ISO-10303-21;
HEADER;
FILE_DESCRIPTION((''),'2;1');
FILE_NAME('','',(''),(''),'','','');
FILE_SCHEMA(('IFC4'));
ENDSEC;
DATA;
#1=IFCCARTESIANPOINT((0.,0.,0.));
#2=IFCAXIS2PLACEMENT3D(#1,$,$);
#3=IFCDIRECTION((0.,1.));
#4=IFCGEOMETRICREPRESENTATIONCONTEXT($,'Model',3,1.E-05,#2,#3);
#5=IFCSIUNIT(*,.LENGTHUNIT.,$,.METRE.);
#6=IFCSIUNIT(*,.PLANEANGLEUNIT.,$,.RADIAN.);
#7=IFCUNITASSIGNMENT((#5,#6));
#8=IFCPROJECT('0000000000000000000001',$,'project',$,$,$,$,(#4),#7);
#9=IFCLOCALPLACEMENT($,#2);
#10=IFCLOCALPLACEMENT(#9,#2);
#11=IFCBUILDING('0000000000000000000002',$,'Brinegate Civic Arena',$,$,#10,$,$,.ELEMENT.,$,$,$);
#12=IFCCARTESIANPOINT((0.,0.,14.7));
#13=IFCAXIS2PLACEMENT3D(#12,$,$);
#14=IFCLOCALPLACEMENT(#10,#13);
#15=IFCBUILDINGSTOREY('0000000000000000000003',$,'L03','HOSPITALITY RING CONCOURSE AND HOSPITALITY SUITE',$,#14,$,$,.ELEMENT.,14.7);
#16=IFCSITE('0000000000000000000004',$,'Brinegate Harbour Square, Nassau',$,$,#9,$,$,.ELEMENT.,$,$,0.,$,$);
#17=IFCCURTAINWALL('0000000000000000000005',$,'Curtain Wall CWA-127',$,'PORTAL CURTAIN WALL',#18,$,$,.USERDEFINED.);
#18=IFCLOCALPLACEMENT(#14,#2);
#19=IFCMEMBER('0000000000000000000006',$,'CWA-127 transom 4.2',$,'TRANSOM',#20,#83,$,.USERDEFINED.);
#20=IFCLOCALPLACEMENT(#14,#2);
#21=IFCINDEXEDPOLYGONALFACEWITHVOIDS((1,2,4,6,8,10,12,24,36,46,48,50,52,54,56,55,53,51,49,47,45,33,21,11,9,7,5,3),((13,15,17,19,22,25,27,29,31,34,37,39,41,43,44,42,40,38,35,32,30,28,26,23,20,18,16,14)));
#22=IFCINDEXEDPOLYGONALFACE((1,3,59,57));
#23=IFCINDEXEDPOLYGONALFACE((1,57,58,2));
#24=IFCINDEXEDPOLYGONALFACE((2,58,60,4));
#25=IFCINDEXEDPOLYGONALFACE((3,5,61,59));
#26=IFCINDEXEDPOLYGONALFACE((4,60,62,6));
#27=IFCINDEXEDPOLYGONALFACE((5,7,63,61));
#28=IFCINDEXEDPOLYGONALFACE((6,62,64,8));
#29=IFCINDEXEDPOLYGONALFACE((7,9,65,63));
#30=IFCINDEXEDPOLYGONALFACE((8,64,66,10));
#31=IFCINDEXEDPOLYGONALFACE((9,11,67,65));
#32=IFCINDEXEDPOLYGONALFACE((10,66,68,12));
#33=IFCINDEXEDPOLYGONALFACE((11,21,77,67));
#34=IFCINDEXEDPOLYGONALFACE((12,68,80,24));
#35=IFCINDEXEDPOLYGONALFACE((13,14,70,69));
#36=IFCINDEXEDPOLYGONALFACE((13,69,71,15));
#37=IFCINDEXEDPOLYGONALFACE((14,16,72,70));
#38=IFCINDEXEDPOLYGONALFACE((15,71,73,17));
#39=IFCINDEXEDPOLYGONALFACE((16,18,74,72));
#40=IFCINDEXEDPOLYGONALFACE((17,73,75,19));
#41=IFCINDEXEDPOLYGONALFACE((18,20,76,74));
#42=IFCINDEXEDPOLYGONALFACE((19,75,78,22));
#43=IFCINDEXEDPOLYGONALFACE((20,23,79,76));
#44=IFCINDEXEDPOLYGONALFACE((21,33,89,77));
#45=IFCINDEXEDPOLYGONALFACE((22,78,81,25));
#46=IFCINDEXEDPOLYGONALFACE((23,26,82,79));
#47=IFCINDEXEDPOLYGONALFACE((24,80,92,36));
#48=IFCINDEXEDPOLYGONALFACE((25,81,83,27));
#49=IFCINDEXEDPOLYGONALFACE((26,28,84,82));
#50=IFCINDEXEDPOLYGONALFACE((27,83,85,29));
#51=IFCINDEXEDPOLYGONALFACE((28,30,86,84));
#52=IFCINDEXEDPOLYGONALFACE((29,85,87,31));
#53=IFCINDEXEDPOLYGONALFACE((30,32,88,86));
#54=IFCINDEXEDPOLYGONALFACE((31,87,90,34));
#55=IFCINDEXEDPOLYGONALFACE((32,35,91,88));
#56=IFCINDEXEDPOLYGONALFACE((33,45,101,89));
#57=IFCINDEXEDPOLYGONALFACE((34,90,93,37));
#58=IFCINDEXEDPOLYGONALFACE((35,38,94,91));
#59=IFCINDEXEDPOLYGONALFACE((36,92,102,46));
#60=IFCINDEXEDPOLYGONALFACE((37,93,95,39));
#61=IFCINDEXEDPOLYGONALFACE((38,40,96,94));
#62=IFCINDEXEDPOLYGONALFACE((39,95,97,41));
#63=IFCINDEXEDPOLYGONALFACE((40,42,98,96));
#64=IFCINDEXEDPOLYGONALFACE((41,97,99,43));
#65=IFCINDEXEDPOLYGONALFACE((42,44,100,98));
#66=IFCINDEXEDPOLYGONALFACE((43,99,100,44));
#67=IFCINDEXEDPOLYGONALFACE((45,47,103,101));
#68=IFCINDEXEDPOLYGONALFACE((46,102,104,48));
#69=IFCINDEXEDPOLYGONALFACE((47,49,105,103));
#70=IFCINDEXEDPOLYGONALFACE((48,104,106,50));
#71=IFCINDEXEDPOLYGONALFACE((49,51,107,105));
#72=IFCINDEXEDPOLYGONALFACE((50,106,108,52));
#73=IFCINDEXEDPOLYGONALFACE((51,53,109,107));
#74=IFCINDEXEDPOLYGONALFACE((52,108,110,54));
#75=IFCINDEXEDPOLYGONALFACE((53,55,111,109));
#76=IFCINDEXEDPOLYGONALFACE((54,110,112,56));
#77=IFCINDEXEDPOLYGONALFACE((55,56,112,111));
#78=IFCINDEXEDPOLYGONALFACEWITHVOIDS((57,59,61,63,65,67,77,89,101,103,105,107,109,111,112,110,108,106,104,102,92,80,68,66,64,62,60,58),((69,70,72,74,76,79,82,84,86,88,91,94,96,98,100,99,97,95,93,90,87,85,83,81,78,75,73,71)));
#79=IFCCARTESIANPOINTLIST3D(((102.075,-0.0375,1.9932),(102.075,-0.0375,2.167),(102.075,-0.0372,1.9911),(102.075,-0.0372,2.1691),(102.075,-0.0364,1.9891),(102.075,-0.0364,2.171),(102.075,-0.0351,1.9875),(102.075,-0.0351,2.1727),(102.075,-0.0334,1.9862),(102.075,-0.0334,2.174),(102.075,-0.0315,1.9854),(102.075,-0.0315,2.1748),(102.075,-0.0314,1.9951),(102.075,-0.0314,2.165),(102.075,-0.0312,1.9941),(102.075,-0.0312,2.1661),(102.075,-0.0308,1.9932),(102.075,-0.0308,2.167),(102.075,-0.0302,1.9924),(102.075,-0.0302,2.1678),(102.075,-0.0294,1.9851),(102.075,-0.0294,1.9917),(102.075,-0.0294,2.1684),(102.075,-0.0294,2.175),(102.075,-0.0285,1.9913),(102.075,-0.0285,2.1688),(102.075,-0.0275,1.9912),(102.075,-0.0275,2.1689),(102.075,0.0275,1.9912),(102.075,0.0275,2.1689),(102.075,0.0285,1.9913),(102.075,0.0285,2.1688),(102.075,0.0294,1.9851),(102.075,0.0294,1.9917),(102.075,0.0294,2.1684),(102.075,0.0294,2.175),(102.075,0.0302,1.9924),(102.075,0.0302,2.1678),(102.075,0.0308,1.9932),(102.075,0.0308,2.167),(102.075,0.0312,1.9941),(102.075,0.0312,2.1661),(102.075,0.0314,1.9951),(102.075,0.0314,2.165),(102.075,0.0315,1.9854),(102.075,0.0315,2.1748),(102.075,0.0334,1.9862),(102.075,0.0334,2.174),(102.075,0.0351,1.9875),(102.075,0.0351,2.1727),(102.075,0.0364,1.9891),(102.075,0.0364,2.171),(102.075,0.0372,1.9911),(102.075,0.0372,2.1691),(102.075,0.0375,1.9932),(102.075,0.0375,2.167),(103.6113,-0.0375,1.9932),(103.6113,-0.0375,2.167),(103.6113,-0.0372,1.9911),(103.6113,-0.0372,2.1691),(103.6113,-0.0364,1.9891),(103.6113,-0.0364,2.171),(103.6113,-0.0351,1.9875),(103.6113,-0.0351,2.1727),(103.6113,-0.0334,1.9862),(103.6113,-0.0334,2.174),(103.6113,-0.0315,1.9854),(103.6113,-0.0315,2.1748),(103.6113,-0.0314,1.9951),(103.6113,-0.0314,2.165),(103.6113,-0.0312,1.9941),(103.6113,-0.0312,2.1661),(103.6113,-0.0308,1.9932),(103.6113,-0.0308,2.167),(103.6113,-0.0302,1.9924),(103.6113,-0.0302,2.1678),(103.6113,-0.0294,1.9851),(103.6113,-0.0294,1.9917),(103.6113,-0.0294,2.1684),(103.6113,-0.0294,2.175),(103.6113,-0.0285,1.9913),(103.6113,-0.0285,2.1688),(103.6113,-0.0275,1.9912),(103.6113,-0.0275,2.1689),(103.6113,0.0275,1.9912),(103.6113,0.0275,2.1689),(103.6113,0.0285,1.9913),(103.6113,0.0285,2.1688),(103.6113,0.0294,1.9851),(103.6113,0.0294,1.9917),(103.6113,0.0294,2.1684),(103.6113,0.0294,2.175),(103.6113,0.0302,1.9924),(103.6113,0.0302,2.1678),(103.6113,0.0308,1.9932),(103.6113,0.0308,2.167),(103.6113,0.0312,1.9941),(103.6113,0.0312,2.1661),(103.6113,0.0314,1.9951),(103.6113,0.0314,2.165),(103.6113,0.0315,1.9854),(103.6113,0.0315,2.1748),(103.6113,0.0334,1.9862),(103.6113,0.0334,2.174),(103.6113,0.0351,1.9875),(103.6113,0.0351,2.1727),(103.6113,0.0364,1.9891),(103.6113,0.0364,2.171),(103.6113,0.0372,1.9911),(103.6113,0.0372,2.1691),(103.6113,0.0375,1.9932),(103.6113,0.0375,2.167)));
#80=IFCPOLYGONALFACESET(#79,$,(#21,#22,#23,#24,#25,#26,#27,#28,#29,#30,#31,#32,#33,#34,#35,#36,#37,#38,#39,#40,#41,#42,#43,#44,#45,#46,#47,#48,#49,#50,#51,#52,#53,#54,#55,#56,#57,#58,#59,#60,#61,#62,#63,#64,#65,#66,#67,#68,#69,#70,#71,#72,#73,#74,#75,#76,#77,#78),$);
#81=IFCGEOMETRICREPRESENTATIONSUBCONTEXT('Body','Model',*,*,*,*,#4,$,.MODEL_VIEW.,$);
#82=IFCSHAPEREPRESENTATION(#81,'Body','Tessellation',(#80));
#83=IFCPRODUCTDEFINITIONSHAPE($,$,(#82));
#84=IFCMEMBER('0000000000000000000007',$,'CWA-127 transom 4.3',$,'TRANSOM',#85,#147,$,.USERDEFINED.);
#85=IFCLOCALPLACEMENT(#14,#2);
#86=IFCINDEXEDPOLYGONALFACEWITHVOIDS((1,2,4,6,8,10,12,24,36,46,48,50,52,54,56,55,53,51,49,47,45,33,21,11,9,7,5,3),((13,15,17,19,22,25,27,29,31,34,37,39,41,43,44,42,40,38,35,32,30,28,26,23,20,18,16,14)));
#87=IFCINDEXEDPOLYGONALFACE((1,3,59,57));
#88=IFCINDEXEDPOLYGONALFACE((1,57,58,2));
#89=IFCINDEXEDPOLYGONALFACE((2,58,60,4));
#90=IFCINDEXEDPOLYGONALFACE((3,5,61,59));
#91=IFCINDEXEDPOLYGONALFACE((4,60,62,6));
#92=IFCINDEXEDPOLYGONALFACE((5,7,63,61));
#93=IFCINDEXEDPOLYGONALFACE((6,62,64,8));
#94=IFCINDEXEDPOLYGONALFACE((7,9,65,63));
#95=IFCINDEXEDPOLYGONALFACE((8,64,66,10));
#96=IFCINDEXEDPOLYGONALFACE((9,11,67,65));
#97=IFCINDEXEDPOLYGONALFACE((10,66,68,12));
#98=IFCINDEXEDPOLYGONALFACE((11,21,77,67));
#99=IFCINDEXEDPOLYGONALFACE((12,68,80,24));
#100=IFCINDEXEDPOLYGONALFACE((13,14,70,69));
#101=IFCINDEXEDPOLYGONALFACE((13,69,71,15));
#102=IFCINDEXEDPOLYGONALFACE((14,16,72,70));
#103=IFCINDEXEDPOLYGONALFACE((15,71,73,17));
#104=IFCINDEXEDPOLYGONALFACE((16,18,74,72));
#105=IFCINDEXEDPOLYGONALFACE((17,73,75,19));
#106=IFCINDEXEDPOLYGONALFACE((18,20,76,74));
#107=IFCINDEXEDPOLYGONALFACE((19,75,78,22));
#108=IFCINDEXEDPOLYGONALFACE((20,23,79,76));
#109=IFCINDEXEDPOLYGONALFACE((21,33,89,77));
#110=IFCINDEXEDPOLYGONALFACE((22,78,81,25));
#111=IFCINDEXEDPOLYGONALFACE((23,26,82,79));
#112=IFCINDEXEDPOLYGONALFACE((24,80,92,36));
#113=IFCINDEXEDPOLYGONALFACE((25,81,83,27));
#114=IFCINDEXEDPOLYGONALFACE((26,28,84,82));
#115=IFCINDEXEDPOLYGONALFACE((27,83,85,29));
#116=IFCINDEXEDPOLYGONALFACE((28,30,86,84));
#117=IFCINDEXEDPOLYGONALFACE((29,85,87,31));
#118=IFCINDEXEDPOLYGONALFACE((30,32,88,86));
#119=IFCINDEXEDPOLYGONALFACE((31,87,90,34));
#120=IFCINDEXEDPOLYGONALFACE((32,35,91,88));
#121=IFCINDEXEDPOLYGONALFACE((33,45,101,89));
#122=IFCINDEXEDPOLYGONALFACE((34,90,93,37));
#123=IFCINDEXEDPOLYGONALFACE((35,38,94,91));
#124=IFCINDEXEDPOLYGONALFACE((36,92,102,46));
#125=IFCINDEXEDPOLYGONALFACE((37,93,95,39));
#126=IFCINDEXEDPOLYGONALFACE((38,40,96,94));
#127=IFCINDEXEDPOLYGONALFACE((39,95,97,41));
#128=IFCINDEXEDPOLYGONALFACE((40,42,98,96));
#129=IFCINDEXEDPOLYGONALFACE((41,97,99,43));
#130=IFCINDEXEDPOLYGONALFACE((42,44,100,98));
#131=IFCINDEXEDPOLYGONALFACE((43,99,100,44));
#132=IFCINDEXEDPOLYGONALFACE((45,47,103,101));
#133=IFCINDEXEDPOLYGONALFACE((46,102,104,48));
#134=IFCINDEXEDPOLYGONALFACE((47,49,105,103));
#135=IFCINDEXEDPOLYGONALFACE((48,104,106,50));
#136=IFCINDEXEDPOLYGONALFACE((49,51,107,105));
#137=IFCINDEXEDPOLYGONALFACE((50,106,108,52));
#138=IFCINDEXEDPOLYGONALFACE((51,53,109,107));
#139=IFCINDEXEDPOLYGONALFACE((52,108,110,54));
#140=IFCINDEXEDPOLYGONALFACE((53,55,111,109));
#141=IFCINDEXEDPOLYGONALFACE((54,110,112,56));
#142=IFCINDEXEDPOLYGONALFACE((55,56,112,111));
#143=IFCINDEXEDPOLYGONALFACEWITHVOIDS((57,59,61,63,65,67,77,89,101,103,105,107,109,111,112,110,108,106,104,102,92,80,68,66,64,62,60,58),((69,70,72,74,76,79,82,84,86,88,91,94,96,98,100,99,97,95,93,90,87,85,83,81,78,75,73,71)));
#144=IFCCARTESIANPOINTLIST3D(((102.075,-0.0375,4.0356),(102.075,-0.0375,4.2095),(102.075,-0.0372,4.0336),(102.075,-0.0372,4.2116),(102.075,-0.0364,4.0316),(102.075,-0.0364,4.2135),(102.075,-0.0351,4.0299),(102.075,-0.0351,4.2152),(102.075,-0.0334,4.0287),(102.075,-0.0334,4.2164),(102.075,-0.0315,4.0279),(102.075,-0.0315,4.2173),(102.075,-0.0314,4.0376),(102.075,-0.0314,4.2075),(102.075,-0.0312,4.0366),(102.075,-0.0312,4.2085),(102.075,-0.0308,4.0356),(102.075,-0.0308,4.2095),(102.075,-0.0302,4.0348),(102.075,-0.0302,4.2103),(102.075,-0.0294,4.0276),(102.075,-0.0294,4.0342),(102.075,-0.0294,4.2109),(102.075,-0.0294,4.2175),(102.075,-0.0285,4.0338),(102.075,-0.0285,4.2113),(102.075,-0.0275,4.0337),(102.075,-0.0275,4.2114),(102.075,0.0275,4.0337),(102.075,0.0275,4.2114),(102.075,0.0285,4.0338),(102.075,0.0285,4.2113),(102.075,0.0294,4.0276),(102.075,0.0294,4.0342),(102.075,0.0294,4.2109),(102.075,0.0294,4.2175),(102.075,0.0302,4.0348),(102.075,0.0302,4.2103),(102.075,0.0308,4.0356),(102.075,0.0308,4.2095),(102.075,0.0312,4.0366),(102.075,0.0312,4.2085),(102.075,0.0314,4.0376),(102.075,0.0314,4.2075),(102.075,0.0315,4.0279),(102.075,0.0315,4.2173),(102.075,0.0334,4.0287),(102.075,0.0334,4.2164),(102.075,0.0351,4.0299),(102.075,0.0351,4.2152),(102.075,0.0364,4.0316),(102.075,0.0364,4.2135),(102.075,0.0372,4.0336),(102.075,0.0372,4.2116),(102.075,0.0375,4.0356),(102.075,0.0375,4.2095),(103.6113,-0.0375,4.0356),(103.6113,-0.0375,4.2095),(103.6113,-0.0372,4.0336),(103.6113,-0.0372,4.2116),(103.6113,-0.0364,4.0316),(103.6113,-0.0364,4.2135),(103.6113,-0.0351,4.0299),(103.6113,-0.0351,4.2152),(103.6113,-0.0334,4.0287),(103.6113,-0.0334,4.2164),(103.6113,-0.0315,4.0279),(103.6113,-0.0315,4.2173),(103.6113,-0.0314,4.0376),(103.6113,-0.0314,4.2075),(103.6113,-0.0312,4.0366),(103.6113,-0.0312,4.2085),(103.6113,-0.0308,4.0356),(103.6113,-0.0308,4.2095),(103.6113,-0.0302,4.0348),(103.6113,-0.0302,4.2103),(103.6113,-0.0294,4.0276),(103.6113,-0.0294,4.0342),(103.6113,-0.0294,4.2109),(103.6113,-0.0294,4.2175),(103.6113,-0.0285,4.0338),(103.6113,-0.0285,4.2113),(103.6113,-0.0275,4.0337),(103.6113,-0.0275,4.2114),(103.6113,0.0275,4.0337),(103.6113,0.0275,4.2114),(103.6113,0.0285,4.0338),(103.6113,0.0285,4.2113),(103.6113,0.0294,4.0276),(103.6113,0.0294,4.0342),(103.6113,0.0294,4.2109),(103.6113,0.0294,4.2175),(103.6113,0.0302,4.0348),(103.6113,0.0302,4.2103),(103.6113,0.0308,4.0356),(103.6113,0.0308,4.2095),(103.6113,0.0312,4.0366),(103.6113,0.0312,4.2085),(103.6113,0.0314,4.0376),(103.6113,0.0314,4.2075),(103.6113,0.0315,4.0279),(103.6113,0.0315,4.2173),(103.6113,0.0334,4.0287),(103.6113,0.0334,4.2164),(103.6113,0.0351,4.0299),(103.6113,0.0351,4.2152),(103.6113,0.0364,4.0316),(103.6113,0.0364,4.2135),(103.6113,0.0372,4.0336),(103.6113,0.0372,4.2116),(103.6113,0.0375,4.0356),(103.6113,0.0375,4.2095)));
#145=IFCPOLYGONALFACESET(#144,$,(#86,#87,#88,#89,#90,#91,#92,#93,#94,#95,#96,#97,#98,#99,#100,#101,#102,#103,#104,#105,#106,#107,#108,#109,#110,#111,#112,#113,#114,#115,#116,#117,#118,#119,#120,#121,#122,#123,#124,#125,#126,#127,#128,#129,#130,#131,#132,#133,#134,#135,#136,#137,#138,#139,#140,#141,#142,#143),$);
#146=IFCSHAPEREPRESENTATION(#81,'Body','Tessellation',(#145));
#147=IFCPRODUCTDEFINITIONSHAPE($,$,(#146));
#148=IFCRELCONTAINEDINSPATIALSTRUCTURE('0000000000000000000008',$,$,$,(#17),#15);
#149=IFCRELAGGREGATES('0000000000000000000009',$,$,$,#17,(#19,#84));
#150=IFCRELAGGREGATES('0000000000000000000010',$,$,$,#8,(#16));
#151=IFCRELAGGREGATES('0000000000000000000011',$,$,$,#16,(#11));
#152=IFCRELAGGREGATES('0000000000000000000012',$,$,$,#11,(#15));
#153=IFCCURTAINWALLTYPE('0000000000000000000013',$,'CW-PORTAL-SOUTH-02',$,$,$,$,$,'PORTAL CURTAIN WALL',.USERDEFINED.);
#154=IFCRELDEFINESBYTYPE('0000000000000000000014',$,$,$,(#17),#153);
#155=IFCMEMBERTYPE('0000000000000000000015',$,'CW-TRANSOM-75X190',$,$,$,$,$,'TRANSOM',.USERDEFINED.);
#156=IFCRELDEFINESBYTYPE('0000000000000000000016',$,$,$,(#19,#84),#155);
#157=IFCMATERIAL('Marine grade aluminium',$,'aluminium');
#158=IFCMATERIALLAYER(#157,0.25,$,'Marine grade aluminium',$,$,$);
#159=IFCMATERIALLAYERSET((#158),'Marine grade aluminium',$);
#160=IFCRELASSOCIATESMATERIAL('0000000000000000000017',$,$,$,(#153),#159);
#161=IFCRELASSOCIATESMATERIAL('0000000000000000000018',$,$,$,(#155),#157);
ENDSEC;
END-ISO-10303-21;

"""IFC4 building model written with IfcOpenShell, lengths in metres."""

from ifc_helpers import new_model, si_unit, direction, frame, origin, origin_2d, place, context, subcontext, project, spatial, hollow_rectangle, extrude, material, layer, layer_set, material_profile, profile_set, type_object, element, aggregate, save


model = new_model("IFC4")

# Units and contexts
model_context = context("Model", 3, precision=1e-05, world=origin(), true_north=direction((0.0, 1.0)))
body_context = subcontext(model_context, "Body", "Model", "MODEL_VIEW")
ifc_project = project(units=[si_unit("LENGTHUNIT", "METRE"), si_unit("PLANEANGLEUNIT", "RADIAN")], contexts=[model_context])

# Site, building, storey
site_placement = place(None, origin())
site = spatial("IfcSite", under=ifc_project, at=site_placement, Name="Brinegate Harbour Square, Nassau", CompositionType="ELEMENT", RefElevation=0.0)
building_placement = place(site_placement, origin())
building = spatial("IfcBuilding", under=site, at=building_placement, Name="Brinegate Civic Arena", CompositionType="ELEMENT")
storey_placement = place(building_placement, frame((0.0, 0.0, 14.7)))
storey = spatial("IfcBuildingStorey", under=building, at=storey_placement, Name="L03", Description="HOSPITALITY RING CONCOURSE AND HOSPITALITY SUITE", CompositionType="ELEMENT", Elevation=14.7)

# Curtain wall, members
ifc_material_1 = material(Name="Marine grade aluminium", Category="aluminium")
ifc_layer_1 = layer(ifc_material_1, 0.25, Name="Marine grade aluminium")
ifc_layer_set_1 = layer_set([ifc_layer_1], Name="Marine grade aluminium")
curtain_wall_type = type_object("IfcCurtainWallType", Name="CW-PORTAL-SOUTH-02", ElementType="PORTAL CURTAIN WALL", PredefinedType="USERDEFINED", material=ifc_layer_set_1)
curtain_wall_placement = place(storey_placement, origin())
curtain_wall = element("IfcCurtainWall", 1, at=curtain_wall_placement, inside=storey, type_object=curtain_wall_type, Name="Curtain Wall CWA-127", ObjectType="PORTAL CURTAIN WALL", PredefinedType="USERDEFINED")
ifc_material_profile_1 = material_profile(ifc_material_1, hollow_rectangle(XDim=0.075, YDim=0.1899, WallThickness=0.0061, InnerFilletRadius=0.0039, OuterFilletRadius=0.0081, at=origin_2d()), Name="TRN75X190")
ifc_profile_set_1 = profile_set([ifc_material_profile_1], Name="Marine grade aluminium")
member_type_1 = type_object("IfcMemberType", Name="CW-TRANSOM-75X190", ElementType="TRANSOM", PredefinedType="USERDEFINED", material=ifc_profile_set_1)
member_1_placement = place(storey_placement, frame((102.075, 0.0, 2.0801), z_axis=(1.0, 0.0, 0.0), x_axis=(0.0, 1.0, 0.0)))
member_1 = element("IfcMember", 2, at=member_1_placement, type_object=member_type_1, Name="CWA-127 transom 4.2", ObjectType="TRANSOM", PredefinedType="USERDEFINED", context=body_context, shape_type="SweptSolid", body=[
    extrude(hollow_rectangle(XDim=0.075, YDim=0.1899, WallThickness=0.0061, InnerFilletRadius=0.0039, OuterFilletRadius=0.0081, at=origin_2d()), origin(), (0.0, 0.0, 1.0), 1.5364),
])
member_2_placement = place(storey_placement, frame((102.075, 0.0, 4.1226), z_axis=(1.0, 0.0, 0.0), x_axis=(0.0, 1.0, 0.0)))
member_2 = element("IfcMember", 3, at=member_2_placement, type_object=member_type_1, Name="CWA-127 transom 4.3", ObjectType="TRANSOM", PredefinedType="USERDEFINED", context=body_context, shape_type="SweptSolid", body=[
    extrude(hollow_rectangle(XDim=0.075, YDim=0.1899, WallThickness=0.0061, InnerFilletRadius=0.0039, OuterFilletRadius=0.0081, at=origin_2d()), origin(), (0.0, 0.0, 1.0), 1.5364),
])
aggregate(curtain_wall, [member_1, member_2])

save(model, "model.ifc")
